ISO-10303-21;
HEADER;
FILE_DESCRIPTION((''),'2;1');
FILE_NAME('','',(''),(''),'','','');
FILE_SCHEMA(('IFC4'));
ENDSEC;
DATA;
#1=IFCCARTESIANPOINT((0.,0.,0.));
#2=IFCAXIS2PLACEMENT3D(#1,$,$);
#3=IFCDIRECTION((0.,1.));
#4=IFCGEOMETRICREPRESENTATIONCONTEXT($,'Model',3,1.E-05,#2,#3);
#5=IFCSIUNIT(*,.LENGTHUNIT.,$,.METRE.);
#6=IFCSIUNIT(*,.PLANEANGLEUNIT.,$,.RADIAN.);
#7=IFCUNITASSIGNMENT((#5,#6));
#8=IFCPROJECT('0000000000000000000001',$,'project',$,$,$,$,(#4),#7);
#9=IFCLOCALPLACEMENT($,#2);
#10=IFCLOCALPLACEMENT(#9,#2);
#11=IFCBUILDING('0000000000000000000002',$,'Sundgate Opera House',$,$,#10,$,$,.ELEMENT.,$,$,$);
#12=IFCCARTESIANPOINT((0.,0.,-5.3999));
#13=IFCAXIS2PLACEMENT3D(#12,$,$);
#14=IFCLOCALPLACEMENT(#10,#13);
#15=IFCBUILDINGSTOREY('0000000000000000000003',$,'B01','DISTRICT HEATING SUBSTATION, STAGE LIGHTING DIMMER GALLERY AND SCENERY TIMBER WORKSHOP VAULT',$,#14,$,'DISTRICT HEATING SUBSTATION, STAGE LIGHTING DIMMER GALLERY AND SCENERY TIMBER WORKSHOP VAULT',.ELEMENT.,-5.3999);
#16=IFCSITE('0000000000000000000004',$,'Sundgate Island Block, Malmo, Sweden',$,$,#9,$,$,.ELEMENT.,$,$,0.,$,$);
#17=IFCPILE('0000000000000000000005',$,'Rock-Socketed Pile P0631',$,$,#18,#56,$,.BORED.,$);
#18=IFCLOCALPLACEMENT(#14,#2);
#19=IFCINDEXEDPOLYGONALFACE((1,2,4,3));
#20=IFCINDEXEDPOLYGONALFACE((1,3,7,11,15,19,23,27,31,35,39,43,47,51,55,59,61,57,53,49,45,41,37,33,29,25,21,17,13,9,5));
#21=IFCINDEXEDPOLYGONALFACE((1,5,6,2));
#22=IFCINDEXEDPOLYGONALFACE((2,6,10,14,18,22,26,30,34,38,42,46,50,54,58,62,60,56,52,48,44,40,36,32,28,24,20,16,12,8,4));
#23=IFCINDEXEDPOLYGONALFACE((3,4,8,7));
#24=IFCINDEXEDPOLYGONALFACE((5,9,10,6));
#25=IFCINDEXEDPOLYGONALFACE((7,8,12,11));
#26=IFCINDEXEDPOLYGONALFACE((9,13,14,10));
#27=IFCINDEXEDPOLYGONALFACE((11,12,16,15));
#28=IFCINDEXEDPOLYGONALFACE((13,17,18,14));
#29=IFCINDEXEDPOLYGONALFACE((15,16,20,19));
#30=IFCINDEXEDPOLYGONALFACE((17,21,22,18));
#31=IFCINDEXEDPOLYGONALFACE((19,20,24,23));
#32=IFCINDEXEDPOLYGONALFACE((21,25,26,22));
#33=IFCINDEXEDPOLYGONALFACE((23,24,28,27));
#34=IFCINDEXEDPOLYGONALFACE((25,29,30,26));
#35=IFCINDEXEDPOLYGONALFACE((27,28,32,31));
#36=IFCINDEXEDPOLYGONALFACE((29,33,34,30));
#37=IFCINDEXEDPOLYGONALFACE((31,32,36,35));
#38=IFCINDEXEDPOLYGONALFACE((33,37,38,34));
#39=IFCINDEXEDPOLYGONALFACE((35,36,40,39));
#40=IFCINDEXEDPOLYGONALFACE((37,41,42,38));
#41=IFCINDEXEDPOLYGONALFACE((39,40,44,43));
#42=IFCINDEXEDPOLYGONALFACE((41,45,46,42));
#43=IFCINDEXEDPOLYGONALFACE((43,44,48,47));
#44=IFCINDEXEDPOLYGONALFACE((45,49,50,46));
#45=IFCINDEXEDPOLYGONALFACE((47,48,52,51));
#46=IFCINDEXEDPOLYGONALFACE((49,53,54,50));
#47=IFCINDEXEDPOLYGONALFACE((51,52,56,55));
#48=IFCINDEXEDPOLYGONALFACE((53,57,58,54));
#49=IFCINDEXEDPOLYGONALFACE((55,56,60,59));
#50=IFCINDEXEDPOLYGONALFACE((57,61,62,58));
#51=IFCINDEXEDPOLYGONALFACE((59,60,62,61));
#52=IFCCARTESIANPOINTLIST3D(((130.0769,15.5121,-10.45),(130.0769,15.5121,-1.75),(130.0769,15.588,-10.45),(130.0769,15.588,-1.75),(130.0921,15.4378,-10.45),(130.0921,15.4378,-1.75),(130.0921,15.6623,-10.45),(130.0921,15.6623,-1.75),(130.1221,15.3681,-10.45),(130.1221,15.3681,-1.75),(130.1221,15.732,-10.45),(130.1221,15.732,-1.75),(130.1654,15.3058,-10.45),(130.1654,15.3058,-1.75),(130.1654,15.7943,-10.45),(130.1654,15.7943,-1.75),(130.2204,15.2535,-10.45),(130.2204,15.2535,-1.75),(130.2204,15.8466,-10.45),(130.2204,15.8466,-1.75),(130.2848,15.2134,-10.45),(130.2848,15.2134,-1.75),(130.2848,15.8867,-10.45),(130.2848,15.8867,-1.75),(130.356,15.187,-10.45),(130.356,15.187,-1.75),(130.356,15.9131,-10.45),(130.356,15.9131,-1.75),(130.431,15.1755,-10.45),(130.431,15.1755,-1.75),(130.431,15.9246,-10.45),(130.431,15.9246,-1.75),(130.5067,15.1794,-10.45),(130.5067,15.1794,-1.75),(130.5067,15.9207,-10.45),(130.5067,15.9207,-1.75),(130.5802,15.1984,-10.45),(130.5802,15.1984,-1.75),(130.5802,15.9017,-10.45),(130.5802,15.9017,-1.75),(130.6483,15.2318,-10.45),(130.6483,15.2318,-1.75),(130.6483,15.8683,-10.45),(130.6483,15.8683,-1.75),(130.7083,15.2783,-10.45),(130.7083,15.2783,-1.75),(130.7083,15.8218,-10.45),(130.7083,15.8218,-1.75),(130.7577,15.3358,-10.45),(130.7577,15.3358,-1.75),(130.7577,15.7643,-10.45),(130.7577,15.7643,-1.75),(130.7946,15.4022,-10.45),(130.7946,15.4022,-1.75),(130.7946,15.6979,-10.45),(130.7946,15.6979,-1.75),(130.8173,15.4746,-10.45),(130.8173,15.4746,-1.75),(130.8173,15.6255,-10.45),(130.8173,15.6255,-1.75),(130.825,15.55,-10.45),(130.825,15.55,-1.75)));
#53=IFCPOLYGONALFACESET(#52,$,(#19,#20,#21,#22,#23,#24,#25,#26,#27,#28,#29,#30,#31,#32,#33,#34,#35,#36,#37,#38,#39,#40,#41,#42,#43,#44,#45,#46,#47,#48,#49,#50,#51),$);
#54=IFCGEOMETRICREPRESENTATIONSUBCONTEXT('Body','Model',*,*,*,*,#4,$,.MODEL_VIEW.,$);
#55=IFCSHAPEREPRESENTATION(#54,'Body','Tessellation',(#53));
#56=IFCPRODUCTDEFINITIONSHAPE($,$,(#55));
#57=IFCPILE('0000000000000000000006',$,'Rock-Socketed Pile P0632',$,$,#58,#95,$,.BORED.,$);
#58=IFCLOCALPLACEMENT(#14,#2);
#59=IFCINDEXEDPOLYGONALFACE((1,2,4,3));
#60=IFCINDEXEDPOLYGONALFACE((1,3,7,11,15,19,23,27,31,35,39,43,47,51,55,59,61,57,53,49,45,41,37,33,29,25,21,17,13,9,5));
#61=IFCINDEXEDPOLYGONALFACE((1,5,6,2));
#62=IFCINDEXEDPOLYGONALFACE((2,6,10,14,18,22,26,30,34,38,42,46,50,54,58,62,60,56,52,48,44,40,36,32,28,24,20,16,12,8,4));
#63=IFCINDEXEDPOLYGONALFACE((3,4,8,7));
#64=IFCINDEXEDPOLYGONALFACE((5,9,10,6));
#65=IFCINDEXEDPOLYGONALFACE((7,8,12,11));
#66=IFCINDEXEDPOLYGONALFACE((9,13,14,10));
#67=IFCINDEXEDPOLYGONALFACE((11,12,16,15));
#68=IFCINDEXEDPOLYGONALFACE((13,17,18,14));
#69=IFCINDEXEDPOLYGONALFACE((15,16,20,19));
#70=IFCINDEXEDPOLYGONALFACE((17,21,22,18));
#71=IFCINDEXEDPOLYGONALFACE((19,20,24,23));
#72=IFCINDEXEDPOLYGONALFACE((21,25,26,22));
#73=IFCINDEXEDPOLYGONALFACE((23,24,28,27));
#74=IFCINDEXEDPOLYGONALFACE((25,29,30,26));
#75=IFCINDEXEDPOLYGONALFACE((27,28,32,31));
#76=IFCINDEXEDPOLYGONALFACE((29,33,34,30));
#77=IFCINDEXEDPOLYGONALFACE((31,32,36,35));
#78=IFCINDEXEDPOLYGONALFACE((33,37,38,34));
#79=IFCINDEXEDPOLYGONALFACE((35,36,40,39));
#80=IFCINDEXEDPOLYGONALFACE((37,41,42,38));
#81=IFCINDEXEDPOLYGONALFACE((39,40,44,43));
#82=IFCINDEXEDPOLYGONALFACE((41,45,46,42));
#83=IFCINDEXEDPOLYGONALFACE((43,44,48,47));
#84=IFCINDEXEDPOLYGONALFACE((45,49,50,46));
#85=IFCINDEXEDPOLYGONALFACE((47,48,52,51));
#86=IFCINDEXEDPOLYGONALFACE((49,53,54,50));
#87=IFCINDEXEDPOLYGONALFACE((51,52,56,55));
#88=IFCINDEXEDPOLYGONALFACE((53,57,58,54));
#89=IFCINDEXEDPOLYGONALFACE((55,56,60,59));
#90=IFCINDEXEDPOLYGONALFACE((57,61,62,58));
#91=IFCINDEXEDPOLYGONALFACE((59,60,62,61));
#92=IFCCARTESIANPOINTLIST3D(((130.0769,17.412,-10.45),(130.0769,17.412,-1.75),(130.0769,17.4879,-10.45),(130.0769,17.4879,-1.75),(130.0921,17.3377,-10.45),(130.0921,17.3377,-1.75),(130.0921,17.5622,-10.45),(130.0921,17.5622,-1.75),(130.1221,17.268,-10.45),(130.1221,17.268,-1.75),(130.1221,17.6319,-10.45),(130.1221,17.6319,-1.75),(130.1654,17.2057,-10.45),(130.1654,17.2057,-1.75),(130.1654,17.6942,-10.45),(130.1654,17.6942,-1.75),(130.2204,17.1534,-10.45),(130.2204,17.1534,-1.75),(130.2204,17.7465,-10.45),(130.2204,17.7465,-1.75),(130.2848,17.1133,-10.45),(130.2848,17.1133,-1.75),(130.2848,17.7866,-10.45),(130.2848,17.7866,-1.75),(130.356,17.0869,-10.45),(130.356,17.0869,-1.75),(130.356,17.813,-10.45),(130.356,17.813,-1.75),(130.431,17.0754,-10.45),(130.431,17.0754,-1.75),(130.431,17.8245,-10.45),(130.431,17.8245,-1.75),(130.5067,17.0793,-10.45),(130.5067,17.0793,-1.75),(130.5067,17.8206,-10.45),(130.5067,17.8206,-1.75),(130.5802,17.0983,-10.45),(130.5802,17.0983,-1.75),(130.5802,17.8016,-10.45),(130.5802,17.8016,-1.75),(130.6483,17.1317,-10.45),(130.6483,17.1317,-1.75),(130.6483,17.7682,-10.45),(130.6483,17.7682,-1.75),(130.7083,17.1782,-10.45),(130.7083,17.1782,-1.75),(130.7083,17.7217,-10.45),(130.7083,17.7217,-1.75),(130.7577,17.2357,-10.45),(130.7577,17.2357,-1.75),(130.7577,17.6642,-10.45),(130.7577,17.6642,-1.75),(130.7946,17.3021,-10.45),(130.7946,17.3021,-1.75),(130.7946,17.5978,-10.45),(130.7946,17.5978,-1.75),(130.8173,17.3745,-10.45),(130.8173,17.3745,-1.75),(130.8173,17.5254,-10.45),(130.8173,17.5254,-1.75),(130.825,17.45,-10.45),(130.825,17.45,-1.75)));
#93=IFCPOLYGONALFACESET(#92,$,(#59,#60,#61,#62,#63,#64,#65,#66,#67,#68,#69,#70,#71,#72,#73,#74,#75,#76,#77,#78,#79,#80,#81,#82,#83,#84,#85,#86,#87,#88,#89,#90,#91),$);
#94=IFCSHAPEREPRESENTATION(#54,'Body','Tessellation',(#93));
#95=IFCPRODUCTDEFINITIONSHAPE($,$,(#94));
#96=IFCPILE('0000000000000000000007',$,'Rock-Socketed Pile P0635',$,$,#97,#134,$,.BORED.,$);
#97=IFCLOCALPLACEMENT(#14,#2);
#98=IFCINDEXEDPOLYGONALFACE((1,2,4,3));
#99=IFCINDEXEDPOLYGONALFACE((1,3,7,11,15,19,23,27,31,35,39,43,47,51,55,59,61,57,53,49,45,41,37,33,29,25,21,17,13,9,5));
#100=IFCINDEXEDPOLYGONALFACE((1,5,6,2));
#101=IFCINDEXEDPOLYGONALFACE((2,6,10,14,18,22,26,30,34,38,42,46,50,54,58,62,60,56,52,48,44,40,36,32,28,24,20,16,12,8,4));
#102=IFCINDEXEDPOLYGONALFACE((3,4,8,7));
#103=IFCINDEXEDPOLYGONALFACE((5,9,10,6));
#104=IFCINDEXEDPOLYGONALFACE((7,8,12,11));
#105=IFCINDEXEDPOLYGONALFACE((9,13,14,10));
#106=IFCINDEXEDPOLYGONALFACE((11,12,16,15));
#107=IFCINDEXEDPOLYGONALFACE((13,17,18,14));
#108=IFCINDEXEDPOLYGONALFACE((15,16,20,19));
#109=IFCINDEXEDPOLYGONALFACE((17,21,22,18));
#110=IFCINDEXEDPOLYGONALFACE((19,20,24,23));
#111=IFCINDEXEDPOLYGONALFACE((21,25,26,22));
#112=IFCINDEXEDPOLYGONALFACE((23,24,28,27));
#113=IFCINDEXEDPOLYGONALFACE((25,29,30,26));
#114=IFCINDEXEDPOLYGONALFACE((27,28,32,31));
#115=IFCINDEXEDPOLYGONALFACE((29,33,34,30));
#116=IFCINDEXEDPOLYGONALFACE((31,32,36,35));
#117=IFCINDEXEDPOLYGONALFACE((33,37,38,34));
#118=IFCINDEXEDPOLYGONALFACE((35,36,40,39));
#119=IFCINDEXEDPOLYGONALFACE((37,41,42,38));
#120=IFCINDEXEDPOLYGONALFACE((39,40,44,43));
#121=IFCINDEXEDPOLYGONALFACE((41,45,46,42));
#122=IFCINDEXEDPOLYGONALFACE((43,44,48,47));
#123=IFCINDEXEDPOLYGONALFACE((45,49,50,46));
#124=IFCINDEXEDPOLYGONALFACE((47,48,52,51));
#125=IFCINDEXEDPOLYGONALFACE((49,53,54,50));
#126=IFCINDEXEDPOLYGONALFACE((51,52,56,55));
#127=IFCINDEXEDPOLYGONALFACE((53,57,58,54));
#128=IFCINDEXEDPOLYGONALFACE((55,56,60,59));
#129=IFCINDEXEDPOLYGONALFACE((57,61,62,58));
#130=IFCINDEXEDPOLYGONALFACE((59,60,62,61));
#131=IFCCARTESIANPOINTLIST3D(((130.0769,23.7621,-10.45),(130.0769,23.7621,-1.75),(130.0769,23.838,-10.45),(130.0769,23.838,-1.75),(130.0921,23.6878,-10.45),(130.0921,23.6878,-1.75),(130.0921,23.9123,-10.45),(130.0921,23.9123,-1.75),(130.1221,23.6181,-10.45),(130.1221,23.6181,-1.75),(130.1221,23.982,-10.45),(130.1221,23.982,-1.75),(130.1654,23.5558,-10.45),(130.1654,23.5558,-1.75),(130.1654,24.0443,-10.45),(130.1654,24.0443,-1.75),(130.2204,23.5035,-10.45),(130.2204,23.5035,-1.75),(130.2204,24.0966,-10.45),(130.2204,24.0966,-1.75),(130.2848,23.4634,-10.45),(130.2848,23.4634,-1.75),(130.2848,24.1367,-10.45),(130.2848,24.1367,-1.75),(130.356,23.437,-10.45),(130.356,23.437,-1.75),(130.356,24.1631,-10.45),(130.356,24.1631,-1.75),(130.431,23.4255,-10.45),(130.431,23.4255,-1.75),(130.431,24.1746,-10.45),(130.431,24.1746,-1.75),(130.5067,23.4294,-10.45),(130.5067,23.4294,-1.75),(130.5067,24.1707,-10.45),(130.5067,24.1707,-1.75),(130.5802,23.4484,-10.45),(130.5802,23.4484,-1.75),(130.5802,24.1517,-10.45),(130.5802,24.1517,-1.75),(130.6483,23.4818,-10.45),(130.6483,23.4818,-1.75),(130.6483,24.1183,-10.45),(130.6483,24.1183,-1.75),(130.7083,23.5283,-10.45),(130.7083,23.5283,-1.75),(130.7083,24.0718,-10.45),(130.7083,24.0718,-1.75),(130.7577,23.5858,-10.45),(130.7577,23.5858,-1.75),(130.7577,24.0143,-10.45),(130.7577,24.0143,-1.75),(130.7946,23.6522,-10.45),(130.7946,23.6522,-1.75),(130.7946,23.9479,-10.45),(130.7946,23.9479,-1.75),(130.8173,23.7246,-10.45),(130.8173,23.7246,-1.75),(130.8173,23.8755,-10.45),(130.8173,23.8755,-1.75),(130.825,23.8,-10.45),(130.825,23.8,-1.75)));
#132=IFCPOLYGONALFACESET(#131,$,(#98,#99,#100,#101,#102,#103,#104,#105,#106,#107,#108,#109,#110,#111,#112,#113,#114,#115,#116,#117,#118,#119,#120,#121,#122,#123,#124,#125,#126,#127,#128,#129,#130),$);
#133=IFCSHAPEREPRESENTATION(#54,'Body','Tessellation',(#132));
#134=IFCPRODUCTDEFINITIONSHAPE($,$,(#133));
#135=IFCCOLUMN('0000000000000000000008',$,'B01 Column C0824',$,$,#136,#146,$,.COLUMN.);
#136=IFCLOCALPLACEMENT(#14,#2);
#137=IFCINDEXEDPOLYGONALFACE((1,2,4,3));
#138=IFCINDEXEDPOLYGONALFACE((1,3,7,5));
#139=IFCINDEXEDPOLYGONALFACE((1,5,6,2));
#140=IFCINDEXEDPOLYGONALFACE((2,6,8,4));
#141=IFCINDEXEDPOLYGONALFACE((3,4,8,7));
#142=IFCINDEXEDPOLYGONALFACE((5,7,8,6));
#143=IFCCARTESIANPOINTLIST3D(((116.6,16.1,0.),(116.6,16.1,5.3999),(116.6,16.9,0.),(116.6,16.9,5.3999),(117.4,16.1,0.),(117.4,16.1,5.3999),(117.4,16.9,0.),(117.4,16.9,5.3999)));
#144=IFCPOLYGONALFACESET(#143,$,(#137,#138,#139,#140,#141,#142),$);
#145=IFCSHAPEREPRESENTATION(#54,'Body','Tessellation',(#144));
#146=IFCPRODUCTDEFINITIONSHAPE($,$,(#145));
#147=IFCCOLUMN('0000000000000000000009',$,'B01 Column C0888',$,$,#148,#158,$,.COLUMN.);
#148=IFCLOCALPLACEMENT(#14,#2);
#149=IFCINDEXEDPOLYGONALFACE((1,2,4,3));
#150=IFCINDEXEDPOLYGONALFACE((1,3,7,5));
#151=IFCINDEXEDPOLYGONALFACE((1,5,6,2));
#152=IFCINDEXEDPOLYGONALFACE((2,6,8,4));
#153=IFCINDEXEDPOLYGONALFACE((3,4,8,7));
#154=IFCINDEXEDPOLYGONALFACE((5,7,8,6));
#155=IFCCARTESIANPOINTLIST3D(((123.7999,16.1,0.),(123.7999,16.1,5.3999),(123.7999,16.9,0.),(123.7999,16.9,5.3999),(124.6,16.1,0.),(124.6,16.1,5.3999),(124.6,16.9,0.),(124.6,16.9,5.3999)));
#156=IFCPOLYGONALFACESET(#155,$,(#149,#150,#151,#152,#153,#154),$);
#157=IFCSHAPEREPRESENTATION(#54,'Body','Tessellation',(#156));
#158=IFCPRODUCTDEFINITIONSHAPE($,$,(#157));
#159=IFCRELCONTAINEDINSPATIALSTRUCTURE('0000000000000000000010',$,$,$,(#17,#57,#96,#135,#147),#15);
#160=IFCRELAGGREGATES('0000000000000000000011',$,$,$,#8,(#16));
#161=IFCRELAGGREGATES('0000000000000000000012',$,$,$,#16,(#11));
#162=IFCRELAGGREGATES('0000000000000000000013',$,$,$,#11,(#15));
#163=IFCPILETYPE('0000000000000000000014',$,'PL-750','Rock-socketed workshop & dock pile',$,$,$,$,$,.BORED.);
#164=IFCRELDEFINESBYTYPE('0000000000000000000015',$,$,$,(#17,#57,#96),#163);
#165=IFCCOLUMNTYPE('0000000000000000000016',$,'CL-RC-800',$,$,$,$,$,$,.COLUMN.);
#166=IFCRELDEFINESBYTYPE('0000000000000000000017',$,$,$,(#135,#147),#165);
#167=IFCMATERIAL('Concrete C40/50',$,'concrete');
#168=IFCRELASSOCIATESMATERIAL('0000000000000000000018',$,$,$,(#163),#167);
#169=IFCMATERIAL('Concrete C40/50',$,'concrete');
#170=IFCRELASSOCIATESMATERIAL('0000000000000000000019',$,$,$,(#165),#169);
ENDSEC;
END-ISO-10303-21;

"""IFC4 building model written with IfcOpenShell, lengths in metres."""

from ifc_helpers import new_model, si_unit, direction, frame, origin, origin_2d, place, context, subcontext, project, spatial, rectangle, circle, extrude, material, material_profile, profile_set, type_object, element, save


model = new_model("IFC4")

# Units and contexts
model_context = context("Model", 3, precision=1e-05, world=origin(), true_north=direction((0.0, 1.0)))
body_context = subcontext(model_context, "Body", "Model", "MODEL_VIEW")
ifc_project = project(units=[si_unit("LENGTHUNIT", "METRE"), si_unit("PLANEANGLEUNIT", "RADIAN")], contexts=[model_context])

# Site, building, storey
site_placement = place(None, origin())
site = spatial("IfcSite", under=ifc_project, at=site_placement, Name="Sundgate Island Block, Malmo, Sweden", CompositionType="ELEMENT", RefElevation=0.0)
building_placement = place(site_placement, origin())
building = spatial("IfcBuilding", under=site, at=building_placement, Name="Sundgate Opera House", CompositionType="ELEMENT")
storey_placement = place(building_placement, frame((0.0, 0.0, -5.3999)))
storey = spatial("IfcBuildingStorey", under=building, at=storey_placement, Name="B01", Description="DISTRICT HEATING SUBSTATION, STAGE LIGHTING DIMMER GALLERY AND SCENERY TIMBER WORKSHOP VAULT", LongName="DISTRICT HEATING SUBSTATION, STAGE LIGHTING DIMMER GALLERY AND SCENERY TIMBER WORKSHOP VAULT", CompositionType="ELEMENT", Elevation=-5.3999)

# Piles
ifc_material_1 = material(Name="Concrete C40/50", Category="concrete")
ifc_material_profile_1 = material_profile(ifc_material_1, circle(Radius=0.375, at=origin_2d()), Name="PILE D750")
ifc_profile_set_1 = profile_set([ifc_material_profile_1], Name="Concrete C40/50")
pile_type = type_object("IfcPileType", Name="PL-750", Description="Rock-socketed workshop & dock pile", PredefinedType="BORED", material=ifc_profile_set_1)
for number, where, z_axis, x_axis, name in (
    (1, (130.45, 15.55, -1.75), (0.0, 0.0, -1.0), (1.0, 0.0, 0.0), "Rock-Socketed Pile P0631"),
    (2, (130.45, 17.45, -1.75), (0.0, 0.0, -1.0), (1.0, 0.0, 0.0), "Rock-Socketed Pile P0632"),
    (3, (130.45, 23.8, -1.75), (0.0, 0.0, -1.0), (1.0, 0.0, 0.0), "Rock-Socketed Pile P0635"),
):
    element("IfcPile", number, at=place(storey_placement, frame(where, z_axis=z_axis, x_axis=x_axis)), inside=storey, type_object=pile_type, Name=name, PredefinedType="BORED", context=body_context, shape_type="SweptSolid", body=[
        extrude(circle(Radius=0.375, at=origin_2d()), origin(), (0.0, 0.0, 1.0), 8.7),
    ])

# Columns
ifc_material_2 = material(Name="Concrete C40/50", Category="concrete")
ifc_material_profile_2 = material_profile(ifc_material_2, rectangle(XDim=0.8, YDim=0.8, at=origin_2d()), Name="RC 800x800")
ifc_profile_set_2 = profile_set([ifc_material_profile_2], Name="Concrete C40/50")
column_type = type_object("IfcColumnType", Name="CL-RC-800", PredefinedType="COLUMN", material=ifc_profile_set_2)
for number, where, z_axis, x_axis, name in (
    (4, (117.0, 16.5, 0.0), (0.0, 0.0, 1.0), (1.0, 0.0, 0.0), "B01 Column C0824"),
    (5, (124.2, 16.5, 0.0), (0.0, 0.0, 1.0), (1.0, 0.0, 0.0), "B01 Column C0888"),
):
    element("IfcColumn", number, at=place(storey_placement, frame(where, z_axis=z_axis, x_axis=x_axis)), inside=storey, type_object=column_type, Name=name, PredefinedType="COLUMN", context=body_context, shape_type="SweptSolid", body=[
        extrude(rectangle(XDim=0.8, YDim=0.8, at=origin_2d()), origin(), (0.0, 0.0, 1.0), 5.3999),
    ])

save(model, "model.ifc")
